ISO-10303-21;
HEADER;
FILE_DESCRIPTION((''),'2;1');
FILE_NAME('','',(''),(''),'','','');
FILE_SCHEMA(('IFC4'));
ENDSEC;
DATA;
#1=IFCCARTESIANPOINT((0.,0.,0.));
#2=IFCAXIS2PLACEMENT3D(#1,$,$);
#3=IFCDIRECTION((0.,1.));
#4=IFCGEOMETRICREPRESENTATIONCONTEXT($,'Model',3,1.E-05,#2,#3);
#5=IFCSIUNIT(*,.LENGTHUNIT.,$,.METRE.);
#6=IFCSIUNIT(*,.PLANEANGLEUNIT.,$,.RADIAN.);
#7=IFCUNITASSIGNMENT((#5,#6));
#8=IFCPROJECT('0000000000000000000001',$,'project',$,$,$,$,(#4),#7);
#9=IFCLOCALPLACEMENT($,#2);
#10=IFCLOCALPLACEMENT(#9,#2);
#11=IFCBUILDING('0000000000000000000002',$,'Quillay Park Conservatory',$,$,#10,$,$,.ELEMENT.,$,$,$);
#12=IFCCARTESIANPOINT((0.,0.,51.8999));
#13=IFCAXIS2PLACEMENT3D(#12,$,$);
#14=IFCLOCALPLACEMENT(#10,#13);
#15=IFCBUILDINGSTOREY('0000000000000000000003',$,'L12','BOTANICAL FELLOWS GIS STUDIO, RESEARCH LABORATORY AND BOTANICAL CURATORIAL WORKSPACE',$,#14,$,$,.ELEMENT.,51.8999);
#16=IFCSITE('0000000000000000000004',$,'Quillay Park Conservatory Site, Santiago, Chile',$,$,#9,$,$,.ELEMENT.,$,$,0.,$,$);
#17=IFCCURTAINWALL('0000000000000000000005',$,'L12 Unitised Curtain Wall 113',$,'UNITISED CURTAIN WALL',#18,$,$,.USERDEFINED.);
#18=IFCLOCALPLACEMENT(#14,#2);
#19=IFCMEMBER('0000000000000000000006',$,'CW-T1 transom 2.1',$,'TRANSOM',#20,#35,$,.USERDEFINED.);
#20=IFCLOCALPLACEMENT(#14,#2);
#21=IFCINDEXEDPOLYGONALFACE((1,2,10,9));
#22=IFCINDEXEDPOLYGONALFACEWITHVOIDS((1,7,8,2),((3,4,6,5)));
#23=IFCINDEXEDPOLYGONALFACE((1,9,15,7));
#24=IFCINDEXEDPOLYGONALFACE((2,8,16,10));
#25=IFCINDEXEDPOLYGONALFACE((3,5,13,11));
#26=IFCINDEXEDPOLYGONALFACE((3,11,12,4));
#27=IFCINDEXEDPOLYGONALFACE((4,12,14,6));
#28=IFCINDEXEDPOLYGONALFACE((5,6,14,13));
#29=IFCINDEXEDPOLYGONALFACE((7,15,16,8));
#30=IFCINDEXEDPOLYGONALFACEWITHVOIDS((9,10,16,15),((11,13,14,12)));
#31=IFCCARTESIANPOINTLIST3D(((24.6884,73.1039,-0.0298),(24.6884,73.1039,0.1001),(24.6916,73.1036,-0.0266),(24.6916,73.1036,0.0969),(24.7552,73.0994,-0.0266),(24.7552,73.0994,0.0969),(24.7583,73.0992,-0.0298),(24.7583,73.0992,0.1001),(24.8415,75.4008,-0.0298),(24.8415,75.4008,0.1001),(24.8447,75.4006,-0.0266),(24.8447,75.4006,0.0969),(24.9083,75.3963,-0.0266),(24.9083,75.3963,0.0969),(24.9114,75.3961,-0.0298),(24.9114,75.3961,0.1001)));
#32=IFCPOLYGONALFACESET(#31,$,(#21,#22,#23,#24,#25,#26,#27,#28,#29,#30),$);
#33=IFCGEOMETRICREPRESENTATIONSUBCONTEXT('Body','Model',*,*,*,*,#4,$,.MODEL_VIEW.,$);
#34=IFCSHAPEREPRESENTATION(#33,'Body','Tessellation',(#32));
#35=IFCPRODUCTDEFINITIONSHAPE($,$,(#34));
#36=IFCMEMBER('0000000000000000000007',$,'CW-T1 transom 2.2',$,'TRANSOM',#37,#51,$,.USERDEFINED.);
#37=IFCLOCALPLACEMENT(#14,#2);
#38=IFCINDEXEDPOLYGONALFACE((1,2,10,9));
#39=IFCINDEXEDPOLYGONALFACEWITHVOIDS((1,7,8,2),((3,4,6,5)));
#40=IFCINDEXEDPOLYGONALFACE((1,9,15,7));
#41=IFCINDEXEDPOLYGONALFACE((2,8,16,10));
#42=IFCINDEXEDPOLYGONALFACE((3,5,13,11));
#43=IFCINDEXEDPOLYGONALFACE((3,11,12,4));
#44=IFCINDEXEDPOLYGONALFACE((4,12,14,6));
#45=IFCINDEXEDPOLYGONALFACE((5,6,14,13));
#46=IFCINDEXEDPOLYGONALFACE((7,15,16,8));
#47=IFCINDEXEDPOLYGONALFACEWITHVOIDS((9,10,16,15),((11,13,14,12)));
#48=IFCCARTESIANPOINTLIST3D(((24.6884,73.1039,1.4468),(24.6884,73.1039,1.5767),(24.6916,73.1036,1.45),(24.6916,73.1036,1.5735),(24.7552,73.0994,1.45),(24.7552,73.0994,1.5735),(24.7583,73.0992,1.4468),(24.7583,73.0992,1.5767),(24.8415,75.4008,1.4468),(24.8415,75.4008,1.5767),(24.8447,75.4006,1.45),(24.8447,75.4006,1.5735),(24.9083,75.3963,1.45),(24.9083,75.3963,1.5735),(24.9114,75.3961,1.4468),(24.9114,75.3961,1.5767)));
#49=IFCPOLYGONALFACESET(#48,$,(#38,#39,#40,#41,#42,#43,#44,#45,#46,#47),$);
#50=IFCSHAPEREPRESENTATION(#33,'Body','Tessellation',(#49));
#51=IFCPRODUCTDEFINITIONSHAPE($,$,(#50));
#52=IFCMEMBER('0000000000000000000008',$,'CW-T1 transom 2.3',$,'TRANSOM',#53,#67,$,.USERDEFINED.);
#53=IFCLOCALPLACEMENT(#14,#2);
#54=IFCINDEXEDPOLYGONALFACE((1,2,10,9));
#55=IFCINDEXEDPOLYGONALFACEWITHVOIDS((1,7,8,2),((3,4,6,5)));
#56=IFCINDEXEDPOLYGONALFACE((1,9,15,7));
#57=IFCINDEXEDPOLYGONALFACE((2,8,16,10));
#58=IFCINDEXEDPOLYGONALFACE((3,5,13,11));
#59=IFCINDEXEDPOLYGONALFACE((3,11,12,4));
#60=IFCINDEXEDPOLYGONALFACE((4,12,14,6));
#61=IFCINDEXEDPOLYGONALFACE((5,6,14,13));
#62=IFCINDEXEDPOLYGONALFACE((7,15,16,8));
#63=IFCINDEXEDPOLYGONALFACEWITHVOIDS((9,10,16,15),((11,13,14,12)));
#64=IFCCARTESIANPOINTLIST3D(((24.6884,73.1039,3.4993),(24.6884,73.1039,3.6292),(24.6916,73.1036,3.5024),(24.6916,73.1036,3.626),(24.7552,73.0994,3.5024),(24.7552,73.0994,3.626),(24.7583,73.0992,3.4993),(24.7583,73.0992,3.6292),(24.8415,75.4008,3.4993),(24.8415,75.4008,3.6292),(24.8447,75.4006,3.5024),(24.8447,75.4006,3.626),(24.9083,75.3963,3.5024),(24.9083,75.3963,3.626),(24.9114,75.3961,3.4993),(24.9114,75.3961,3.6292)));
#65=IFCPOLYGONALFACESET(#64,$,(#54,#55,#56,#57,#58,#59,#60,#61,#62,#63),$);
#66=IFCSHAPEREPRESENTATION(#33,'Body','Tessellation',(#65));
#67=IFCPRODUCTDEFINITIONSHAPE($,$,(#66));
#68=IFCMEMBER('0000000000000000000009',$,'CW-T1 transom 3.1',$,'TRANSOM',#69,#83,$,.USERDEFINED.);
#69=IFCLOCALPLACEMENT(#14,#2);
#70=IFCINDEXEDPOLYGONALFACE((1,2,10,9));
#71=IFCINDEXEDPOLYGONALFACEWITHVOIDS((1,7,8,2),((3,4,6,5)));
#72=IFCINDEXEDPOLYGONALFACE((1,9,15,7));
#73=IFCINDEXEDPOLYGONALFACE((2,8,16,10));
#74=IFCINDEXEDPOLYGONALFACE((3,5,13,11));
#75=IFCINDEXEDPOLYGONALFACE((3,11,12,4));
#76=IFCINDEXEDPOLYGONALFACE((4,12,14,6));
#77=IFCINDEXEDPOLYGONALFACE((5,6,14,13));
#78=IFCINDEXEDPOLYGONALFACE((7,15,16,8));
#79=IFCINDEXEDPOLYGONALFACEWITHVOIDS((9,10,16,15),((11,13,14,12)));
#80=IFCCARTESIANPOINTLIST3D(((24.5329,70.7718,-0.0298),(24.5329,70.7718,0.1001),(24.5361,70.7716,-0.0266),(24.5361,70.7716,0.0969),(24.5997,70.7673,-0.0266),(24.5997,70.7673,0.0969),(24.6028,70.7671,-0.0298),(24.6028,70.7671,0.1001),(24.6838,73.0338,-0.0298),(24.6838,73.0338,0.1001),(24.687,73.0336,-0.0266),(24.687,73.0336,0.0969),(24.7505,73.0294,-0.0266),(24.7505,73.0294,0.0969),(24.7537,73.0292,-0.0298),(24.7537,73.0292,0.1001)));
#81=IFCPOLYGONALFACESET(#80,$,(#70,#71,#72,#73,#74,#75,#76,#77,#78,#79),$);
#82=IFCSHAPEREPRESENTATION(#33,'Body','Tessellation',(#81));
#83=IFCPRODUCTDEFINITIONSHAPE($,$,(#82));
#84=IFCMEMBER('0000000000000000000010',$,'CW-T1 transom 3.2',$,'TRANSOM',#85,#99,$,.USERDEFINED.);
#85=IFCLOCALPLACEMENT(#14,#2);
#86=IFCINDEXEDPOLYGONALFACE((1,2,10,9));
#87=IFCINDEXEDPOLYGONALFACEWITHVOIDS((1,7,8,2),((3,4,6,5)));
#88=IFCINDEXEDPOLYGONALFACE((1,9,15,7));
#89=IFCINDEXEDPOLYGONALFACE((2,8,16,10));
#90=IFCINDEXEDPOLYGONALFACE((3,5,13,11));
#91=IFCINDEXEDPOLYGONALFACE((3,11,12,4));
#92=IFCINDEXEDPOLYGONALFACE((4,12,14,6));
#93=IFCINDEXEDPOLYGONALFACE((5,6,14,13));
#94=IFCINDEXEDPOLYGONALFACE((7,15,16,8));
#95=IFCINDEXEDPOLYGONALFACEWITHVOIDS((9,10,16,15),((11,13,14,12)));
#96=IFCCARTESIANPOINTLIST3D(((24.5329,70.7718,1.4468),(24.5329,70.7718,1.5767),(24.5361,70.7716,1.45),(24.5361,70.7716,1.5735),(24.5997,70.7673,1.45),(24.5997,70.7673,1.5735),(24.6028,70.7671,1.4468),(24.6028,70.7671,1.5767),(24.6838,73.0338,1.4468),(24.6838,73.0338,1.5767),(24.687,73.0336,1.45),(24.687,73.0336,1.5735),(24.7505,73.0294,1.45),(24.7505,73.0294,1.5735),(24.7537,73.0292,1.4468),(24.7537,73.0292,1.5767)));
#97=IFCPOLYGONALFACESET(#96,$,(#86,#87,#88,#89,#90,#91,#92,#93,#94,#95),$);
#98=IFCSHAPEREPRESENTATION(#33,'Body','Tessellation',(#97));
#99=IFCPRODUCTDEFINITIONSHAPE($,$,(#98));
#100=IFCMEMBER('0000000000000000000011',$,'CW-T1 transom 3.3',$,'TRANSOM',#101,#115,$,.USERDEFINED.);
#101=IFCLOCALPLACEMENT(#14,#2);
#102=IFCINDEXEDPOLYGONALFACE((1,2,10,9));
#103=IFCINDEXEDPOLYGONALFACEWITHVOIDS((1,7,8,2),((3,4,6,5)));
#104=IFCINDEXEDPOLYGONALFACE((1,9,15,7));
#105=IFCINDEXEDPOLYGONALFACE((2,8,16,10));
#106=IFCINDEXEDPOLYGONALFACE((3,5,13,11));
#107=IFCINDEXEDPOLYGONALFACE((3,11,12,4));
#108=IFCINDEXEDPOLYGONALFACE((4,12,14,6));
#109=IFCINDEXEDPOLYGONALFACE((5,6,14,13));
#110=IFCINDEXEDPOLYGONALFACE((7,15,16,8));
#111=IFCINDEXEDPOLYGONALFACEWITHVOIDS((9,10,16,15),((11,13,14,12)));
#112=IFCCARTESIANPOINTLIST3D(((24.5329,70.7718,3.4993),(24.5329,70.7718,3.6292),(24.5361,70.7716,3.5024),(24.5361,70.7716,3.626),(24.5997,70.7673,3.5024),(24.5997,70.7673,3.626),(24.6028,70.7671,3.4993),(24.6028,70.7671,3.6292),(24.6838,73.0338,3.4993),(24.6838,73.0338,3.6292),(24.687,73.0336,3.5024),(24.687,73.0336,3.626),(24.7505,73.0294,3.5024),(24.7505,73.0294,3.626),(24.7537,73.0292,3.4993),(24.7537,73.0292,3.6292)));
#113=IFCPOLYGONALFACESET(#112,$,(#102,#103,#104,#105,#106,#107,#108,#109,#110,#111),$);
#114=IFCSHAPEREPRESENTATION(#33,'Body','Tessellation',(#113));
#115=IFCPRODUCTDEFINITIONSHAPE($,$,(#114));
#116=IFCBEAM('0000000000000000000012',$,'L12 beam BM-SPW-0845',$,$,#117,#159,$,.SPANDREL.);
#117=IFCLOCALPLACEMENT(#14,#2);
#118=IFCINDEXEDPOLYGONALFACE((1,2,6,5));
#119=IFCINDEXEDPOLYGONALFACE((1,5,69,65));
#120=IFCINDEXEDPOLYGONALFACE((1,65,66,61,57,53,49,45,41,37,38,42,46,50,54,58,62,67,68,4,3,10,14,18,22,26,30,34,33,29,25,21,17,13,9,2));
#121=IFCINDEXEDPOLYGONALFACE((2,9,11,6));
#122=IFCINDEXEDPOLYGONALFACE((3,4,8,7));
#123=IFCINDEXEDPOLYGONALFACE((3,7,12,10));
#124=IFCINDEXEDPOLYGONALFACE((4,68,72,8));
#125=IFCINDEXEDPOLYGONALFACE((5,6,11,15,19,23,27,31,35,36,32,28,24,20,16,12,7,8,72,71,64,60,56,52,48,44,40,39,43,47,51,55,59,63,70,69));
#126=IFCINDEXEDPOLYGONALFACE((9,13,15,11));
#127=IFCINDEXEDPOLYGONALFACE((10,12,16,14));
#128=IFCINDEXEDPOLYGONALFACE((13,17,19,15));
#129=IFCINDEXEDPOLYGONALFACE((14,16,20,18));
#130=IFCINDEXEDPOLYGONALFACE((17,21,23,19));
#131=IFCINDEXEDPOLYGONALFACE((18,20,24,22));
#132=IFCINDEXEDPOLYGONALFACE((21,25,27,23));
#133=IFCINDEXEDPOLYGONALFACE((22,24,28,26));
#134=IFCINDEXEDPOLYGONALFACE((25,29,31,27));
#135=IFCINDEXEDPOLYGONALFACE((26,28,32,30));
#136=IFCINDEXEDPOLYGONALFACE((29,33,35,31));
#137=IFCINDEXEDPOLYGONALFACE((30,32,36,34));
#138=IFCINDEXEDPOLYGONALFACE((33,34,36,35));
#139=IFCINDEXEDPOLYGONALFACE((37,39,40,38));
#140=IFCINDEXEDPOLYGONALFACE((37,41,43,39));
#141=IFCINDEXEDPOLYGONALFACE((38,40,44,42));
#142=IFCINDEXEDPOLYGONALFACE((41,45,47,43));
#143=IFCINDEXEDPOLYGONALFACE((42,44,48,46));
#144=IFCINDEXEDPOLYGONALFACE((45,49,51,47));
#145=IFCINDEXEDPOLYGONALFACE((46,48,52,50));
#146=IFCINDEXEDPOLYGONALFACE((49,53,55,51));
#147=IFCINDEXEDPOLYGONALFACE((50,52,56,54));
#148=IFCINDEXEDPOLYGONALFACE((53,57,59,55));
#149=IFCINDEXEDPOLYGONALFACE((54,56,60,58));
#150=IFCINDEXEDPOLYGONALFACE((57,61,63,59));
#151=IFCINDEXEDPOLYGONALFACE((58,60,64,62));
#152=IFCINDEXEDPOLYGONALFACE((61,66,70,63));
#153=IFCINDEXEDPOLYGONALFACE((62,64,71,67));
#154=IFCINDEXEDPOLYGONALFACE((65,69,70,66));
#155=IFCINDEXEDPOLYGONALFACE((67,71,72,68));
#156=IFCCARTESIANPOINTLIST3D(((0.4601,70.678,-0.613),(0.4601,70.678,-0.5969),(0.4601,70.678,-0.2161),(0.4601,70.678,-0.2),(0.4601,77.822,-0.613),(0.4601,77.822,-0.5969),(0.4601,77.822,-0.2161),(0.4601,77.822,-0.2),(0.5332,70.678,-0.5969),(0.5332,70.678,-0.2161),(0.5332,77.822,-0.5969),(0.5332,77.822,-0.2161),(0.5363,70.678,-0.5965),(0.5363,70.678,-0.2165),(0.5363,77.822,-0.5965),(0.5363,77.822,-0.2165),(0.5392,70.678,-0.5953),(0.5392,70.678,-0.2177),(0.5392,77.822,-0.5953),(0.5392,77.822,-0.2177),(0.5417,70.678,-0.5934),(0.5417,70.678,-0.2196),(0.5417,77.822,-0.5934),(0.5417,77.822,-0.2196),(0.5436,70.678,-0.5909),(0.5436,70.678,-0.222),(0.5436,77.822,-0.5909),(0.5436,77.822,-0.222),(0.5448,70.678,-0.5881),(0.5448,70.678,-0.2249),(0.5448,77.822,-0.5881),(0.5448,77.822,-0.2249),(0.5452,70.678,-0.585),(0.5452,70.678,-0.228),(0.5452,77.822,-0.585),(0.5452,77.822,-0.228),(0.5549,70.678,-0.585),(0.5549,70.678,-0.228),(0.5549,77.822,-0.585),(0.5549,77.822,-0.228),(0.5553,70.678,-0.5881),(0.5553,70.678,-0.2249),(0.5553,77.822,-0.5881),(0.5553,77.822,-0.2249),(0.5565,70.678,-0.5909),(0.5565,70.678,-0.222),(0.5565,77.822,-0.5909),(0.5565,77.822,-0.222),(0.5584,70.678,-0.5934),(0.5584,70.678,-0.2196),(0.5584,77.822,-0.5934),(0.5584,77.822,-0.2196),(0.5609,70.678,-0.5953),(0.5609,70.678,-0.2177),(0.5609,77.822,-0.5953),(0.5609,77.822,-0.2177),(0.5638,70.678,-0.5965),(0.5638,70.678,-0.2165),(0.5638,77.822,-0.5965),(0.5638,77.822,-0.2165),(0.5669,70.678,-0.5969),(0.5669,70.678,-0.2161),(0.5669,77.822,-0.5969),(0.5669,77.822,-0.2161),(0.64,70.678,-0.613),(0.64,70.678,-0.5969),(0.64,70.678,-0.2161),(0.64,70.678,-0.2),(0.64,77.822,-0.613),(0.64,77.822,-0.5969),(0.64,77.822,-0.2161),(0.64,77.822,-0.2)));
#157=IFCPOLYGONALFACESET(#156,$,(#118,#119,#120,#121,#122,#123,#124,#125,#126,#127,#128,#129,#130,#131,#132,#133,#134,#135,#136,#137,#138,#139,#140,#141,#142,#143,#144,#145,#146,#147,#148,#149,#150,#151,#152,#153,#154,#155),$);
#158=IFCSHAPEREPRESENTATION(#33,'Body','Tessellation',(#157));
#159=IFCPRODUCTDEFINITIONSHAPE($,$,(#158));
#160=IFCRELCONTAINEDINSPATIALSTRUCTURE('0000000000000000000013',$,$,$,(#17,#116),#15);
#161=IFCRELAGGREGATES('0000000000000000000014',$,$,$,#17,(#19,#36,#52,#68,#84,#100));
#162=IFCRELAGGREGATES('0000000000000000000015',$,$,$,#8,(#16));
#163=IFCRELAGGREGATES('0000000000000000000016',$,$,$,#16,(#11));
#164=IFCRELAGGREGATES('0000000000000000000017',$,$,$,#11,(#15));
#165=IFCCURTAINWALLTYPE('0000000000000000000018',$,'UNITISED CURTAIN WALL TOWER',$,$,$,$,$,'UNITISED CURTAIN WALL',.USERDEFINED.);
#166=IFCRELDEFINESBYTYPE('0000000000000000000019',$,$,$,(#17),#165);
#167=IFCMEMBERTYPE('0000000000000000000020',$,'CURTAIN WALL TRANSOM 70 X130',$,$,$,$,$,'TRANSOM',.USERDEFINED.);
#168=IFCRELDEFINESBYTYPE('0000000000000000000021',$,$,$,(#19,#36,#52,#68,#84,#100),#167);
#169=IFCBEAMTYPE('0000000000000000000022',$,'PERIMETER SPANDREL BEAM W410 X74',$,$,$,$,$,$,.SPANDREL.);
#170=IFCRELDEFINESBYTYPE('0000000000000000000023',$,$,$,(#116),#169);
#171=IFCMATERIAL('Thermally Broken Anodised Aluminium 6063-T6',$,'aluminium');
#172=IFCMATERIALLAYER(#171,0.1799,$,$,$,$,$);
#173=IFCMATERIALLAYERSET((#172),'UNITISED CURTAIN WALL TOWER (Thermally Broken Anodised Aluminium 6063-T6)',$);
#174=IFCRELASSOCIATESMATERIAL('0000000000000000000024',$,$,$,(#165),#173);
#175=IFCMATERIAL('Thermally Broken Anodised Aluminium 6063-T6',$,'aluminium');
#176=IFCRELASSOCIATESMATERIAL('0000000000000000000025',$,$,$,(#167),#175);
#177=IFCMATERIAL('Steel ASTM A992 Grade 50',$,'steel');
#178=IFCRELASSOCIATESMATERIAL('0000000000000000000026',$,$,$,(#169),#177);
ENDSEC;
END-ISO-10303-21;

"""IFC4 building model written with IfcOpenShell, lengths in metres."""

from ifc_helpers import new_model, si_unit, direction, frame, origin, origin_2d, place, context, subcontext, project, spatial, hollow_rectangle, i_section, extrude, material, layer, layer_set, material_profile, profile_set, type_object, element, aggregate, save


model = new_model("IFC4")

# Units and contexts
model_context = context("Model", 3, precision=1e-05, world=origin(), true_north=direction((0.0, 1.0)))
body_context = subcontext(model_context, "Body", "Model", "MODEL_VIEW")
ifc_project = project(units=[si_unit("LENGTHUNIT", "METRE"), si_unit("PLANEANGLEUNIT", "RADIAN")], contexts=[model_context])

# Site, building, storey
site_placement = place(None, origin())
site = spatial("IfcSite", under=ifc_project, at=site_placement, Name="Quillay Park Conservatory Site, Santiago, Chile", CompositionType="ELEMENT", RefElevation=0.0)
building_placement = place(site_placement, origin())
building = spatial("IfcBuilding", under=site, at=building_placement, Name="Quillay Park Conservatory", CompositionType="ELEMENT")
storey_placement = place(building_placement, frame((0.0, 0.0, 51.8999)))
storey = spatial("IfcBuildingStorey", under=building, at=storey_placement, Name="L12", Description="BOTANICAL FELLOWS GIS STUDIO, RESEARCH LABORATORY AND BOTANICAL CURATORIAL WORKSPACE", CompositionType="ELEMENT", Elevation=51.8999)

# Curtain wall, members
ifc_material_1 = material(Name="Thermally Broken Anodised Aluminium 6063-T6", Category="aluminium")
ifc_layer_1 = layer(ifc_material_1, 0.1799)
ifc_layer_set_1 = layer_set([ifc_layer_1], Name="UNITISED CURTAIN WALL TOWER (Thermally Broken Anodised Aluminium 6063-T6)")
curtain_wall_type = type_object("IfcCurtainWallType", Name="UNITISED CURTAIN WALL TOWER", ElementType="UNITISED CURTAIN WALL", PredefinedType="USERDEFINED", material=ifc_layer_set_1)
curtain_wall_placement = place(storey_placement, origin())
curtain_wall = element("IfcCurtainWall", 1, at=curtain_wall_placement, inside=storey, type_object=curtain_wall_type, Name="L12 Unitised Curtain Wall 113", ObjectType="UNITISED CURTAIN WALL", PredefinedType="USERDEFINED")
ifc_material_2 = material(Name="Thermally Broken Anodised Aluminium 6063-T6", Category="aluminium")
ifc_material_profile_1 = material_profile(ifc_material_2, hollow_rectangle(XDim=0.0701, YDim=0.1299, WallThickness=0.0032, at=origin_2d()), Name="AL70x130x3.2")
ifc_profile_set_1 = profile_set([ifc_material_profile_1], Name="Thermally Broken Anodised Aluminium 6063-T6")
member_type_1 = type_object("IfcMemberType", Name="CURTAIN WALL TRANSOM 70 X130", ElementType="TRANSOM", PredefinedType="USERDEFINED", material=ifc_profile_set_1)
member_1_placement = place(storey_placement, frame((24.8765, 75.3984, 0.0352), z_axis=(-0.066498, -0.997787, 0.0), x_axis=(0.997787, -0.066498, 0.0)))
member_1 = element("IfcMember", 2, at=member_1_placement, type_object=member_type_1, Name="CW-T1 transom 2.1", ObjectType="TRANSOM", PredefinedType="USERDEFINED", context=body_context, shape_type="SweptSolid", body=[
    extrude(hollow_rectangle(XDim=0.0701, YDim=0.1299, WallThickness=0.0032, at=origin_2d()), origin(), (0.0, 0.0, 1.0), 2.302),
])
member_2_placement = place(storey_placement, frame((24.8765, 75.3984, 1.5117), z_axis=(-0.066498, -0.997787, 0.0), x_axis=(0.997787, -0.066498, 0.0)))
member_2 = element("IfcMember", 3, at=member_2_placement, type_object=member_type_1, Name="CW-T1 transom 2.2", ObjectType="TRANSOM", PredefinedType="USERDEFINED", context=body_context, shape_type="SweptSolid", body=[
    extrude(hollow_rectangle(XDim=0.0701, YDim=0.1299, WallThickness=0.0032, at=origin_2d()), origin(), (0.0, 0.0, 1.0), 2.302),
])
member_3_placement = place(storey_placement, frame((24.8765, 75.3984, 3.5642), z_axis=(-0.066498, -0.997787, 0.0), x_axis=(0.997787, -0.066498, 0.0)))
member_3 = element("IfcMember", 4, at=member_3_placement, type_object=member_type_1, Name="CW-T1 transom 2.3", ObjectType="TRANSOM", PredefinedType="USERDEFINED", context=body_context, shape_type="SweptSolid", body=[
    extrude(hollow_rectangle(XDim=0.0701, YDim=0.1299, WallThickness=0.0032, at=origin_2d()), origin(), (0.0, 0.0, 1.0), 2.302),
])
member_4_placement = place(storey_placement, frame((24.7188, 73.0315, 0.0352), z_axis=(-0.066555, -0.997783, 0.0), x_axis=(0.997783, -0.066555, 0.0)))
member_4 = element("IfcMember", 5, at=member_4_placement, type_object=member_type_1, Name="CW-T1 transom 3.1", ObjectType="TRANSOM", PredefinedType="USERDEFINED", context=body_context, shape_type="SweptSolid", body=[
    extrude(hollow_rectangle(XDim=0.0701, YDim=0.1299, WallThickness=0.0032, at=origin_2d()), origin(), (0.0, 0.0, 1.0), 2.2671),
])
member_5_placement = place(storey_placement, frame((24.7188, 73.0315, 1.5117), z_axis=(-0.066555, -0.997783, 0.0), x_axis=(0.997783, -0.066555, 0.0)))
member_5 = element("IfcMember", 6, at=member_5_placement, type_object=member_type_1, Name="CW-T1 transom 3.2", ObjectType="TRANSOM", PredefinedType="USERDEFINED", context=body_context, shape_type="SweptSolid", body=[
    extrude(hollow_rectangle(XDim=0.0701, YDim=0.1299, WallThickness=0.0032, at=origin_2d()), origin(), (0.0, 0.0, 1.0), 2.2671),
])
member_6_placement = place(storey_placement, frame((24.7188, 73.0315, 3.5642), z_axis=(-0.066555, -0.997783, 0.0), x_axis=(0.997783, -0.066555, 0.0)))
member_6 = element("IfcMember", 7, at=member_6_placement, type_object=member_type_1, Name="CW-T1 transom 3.3", ObjectType="TRANSOM", PredefinedType="USERDEFINED", context=body_context, shape_type="SweptSolid", body=[
    extrude(hollow_rectangle(XDim=0.0701, YDim=0.1299, WallThickness=0.0032, at=origin_2d()), origin(), (0.0, 0.0, 1.0), 2.2671),
])

# Beam
ifc_material_3 = material(Name="Steel ASTM A992 Grade 50", Category="steel")
ifc_material_profile_2 = material_profile(ifc_material_3, i_section(OverallWidth=0.1799, OverallDepth=0.4131, WebThickness=0.0098, FlangeThickness=0.0161, FilletRadius=0.012, at=origin_2d()), Name="W410x74")
ifc_profile_set_2 = profile_set([ifc_material_profile_2], Name="Steel ASTM A992 Grade 50")
beam_type_1 = type_object("IfcBeamType", Name="PERIMETER SPANDREL BEAM W410 X74", PredefinedType="SPANDREL", material=ifc_profile_set_2)
beam_1_placement = place(storey_placement, frame((0.55, 70.678, -0.4065), z_axis=(0.0, 1.0, 0.0), x_axis=(-1.0, 0.0, 0.0)))
element("IfcBeam", 8, at=beam_1_placement, inside=storey, type_object=beam_type_1, Name="L12 beam BM-SPW-0845", PredefinedType="SPANDREL", context=body_context, shape_type="SweptSolid", body=[
    extrude(i_section(OverallWidth=0.1799, OverallDepth=0.4131, WebThickness=0.0098, FlangeThickness=0.0161, FilletRadius=0.012, at=origin_2d()), origin(), (0.0, 0.0, 1.0), 7.144),
])

aggregate(curtain_wall, [member_1, member_2, member_3, member_4, member_5, member_6])

save(model, "model.ifc")
